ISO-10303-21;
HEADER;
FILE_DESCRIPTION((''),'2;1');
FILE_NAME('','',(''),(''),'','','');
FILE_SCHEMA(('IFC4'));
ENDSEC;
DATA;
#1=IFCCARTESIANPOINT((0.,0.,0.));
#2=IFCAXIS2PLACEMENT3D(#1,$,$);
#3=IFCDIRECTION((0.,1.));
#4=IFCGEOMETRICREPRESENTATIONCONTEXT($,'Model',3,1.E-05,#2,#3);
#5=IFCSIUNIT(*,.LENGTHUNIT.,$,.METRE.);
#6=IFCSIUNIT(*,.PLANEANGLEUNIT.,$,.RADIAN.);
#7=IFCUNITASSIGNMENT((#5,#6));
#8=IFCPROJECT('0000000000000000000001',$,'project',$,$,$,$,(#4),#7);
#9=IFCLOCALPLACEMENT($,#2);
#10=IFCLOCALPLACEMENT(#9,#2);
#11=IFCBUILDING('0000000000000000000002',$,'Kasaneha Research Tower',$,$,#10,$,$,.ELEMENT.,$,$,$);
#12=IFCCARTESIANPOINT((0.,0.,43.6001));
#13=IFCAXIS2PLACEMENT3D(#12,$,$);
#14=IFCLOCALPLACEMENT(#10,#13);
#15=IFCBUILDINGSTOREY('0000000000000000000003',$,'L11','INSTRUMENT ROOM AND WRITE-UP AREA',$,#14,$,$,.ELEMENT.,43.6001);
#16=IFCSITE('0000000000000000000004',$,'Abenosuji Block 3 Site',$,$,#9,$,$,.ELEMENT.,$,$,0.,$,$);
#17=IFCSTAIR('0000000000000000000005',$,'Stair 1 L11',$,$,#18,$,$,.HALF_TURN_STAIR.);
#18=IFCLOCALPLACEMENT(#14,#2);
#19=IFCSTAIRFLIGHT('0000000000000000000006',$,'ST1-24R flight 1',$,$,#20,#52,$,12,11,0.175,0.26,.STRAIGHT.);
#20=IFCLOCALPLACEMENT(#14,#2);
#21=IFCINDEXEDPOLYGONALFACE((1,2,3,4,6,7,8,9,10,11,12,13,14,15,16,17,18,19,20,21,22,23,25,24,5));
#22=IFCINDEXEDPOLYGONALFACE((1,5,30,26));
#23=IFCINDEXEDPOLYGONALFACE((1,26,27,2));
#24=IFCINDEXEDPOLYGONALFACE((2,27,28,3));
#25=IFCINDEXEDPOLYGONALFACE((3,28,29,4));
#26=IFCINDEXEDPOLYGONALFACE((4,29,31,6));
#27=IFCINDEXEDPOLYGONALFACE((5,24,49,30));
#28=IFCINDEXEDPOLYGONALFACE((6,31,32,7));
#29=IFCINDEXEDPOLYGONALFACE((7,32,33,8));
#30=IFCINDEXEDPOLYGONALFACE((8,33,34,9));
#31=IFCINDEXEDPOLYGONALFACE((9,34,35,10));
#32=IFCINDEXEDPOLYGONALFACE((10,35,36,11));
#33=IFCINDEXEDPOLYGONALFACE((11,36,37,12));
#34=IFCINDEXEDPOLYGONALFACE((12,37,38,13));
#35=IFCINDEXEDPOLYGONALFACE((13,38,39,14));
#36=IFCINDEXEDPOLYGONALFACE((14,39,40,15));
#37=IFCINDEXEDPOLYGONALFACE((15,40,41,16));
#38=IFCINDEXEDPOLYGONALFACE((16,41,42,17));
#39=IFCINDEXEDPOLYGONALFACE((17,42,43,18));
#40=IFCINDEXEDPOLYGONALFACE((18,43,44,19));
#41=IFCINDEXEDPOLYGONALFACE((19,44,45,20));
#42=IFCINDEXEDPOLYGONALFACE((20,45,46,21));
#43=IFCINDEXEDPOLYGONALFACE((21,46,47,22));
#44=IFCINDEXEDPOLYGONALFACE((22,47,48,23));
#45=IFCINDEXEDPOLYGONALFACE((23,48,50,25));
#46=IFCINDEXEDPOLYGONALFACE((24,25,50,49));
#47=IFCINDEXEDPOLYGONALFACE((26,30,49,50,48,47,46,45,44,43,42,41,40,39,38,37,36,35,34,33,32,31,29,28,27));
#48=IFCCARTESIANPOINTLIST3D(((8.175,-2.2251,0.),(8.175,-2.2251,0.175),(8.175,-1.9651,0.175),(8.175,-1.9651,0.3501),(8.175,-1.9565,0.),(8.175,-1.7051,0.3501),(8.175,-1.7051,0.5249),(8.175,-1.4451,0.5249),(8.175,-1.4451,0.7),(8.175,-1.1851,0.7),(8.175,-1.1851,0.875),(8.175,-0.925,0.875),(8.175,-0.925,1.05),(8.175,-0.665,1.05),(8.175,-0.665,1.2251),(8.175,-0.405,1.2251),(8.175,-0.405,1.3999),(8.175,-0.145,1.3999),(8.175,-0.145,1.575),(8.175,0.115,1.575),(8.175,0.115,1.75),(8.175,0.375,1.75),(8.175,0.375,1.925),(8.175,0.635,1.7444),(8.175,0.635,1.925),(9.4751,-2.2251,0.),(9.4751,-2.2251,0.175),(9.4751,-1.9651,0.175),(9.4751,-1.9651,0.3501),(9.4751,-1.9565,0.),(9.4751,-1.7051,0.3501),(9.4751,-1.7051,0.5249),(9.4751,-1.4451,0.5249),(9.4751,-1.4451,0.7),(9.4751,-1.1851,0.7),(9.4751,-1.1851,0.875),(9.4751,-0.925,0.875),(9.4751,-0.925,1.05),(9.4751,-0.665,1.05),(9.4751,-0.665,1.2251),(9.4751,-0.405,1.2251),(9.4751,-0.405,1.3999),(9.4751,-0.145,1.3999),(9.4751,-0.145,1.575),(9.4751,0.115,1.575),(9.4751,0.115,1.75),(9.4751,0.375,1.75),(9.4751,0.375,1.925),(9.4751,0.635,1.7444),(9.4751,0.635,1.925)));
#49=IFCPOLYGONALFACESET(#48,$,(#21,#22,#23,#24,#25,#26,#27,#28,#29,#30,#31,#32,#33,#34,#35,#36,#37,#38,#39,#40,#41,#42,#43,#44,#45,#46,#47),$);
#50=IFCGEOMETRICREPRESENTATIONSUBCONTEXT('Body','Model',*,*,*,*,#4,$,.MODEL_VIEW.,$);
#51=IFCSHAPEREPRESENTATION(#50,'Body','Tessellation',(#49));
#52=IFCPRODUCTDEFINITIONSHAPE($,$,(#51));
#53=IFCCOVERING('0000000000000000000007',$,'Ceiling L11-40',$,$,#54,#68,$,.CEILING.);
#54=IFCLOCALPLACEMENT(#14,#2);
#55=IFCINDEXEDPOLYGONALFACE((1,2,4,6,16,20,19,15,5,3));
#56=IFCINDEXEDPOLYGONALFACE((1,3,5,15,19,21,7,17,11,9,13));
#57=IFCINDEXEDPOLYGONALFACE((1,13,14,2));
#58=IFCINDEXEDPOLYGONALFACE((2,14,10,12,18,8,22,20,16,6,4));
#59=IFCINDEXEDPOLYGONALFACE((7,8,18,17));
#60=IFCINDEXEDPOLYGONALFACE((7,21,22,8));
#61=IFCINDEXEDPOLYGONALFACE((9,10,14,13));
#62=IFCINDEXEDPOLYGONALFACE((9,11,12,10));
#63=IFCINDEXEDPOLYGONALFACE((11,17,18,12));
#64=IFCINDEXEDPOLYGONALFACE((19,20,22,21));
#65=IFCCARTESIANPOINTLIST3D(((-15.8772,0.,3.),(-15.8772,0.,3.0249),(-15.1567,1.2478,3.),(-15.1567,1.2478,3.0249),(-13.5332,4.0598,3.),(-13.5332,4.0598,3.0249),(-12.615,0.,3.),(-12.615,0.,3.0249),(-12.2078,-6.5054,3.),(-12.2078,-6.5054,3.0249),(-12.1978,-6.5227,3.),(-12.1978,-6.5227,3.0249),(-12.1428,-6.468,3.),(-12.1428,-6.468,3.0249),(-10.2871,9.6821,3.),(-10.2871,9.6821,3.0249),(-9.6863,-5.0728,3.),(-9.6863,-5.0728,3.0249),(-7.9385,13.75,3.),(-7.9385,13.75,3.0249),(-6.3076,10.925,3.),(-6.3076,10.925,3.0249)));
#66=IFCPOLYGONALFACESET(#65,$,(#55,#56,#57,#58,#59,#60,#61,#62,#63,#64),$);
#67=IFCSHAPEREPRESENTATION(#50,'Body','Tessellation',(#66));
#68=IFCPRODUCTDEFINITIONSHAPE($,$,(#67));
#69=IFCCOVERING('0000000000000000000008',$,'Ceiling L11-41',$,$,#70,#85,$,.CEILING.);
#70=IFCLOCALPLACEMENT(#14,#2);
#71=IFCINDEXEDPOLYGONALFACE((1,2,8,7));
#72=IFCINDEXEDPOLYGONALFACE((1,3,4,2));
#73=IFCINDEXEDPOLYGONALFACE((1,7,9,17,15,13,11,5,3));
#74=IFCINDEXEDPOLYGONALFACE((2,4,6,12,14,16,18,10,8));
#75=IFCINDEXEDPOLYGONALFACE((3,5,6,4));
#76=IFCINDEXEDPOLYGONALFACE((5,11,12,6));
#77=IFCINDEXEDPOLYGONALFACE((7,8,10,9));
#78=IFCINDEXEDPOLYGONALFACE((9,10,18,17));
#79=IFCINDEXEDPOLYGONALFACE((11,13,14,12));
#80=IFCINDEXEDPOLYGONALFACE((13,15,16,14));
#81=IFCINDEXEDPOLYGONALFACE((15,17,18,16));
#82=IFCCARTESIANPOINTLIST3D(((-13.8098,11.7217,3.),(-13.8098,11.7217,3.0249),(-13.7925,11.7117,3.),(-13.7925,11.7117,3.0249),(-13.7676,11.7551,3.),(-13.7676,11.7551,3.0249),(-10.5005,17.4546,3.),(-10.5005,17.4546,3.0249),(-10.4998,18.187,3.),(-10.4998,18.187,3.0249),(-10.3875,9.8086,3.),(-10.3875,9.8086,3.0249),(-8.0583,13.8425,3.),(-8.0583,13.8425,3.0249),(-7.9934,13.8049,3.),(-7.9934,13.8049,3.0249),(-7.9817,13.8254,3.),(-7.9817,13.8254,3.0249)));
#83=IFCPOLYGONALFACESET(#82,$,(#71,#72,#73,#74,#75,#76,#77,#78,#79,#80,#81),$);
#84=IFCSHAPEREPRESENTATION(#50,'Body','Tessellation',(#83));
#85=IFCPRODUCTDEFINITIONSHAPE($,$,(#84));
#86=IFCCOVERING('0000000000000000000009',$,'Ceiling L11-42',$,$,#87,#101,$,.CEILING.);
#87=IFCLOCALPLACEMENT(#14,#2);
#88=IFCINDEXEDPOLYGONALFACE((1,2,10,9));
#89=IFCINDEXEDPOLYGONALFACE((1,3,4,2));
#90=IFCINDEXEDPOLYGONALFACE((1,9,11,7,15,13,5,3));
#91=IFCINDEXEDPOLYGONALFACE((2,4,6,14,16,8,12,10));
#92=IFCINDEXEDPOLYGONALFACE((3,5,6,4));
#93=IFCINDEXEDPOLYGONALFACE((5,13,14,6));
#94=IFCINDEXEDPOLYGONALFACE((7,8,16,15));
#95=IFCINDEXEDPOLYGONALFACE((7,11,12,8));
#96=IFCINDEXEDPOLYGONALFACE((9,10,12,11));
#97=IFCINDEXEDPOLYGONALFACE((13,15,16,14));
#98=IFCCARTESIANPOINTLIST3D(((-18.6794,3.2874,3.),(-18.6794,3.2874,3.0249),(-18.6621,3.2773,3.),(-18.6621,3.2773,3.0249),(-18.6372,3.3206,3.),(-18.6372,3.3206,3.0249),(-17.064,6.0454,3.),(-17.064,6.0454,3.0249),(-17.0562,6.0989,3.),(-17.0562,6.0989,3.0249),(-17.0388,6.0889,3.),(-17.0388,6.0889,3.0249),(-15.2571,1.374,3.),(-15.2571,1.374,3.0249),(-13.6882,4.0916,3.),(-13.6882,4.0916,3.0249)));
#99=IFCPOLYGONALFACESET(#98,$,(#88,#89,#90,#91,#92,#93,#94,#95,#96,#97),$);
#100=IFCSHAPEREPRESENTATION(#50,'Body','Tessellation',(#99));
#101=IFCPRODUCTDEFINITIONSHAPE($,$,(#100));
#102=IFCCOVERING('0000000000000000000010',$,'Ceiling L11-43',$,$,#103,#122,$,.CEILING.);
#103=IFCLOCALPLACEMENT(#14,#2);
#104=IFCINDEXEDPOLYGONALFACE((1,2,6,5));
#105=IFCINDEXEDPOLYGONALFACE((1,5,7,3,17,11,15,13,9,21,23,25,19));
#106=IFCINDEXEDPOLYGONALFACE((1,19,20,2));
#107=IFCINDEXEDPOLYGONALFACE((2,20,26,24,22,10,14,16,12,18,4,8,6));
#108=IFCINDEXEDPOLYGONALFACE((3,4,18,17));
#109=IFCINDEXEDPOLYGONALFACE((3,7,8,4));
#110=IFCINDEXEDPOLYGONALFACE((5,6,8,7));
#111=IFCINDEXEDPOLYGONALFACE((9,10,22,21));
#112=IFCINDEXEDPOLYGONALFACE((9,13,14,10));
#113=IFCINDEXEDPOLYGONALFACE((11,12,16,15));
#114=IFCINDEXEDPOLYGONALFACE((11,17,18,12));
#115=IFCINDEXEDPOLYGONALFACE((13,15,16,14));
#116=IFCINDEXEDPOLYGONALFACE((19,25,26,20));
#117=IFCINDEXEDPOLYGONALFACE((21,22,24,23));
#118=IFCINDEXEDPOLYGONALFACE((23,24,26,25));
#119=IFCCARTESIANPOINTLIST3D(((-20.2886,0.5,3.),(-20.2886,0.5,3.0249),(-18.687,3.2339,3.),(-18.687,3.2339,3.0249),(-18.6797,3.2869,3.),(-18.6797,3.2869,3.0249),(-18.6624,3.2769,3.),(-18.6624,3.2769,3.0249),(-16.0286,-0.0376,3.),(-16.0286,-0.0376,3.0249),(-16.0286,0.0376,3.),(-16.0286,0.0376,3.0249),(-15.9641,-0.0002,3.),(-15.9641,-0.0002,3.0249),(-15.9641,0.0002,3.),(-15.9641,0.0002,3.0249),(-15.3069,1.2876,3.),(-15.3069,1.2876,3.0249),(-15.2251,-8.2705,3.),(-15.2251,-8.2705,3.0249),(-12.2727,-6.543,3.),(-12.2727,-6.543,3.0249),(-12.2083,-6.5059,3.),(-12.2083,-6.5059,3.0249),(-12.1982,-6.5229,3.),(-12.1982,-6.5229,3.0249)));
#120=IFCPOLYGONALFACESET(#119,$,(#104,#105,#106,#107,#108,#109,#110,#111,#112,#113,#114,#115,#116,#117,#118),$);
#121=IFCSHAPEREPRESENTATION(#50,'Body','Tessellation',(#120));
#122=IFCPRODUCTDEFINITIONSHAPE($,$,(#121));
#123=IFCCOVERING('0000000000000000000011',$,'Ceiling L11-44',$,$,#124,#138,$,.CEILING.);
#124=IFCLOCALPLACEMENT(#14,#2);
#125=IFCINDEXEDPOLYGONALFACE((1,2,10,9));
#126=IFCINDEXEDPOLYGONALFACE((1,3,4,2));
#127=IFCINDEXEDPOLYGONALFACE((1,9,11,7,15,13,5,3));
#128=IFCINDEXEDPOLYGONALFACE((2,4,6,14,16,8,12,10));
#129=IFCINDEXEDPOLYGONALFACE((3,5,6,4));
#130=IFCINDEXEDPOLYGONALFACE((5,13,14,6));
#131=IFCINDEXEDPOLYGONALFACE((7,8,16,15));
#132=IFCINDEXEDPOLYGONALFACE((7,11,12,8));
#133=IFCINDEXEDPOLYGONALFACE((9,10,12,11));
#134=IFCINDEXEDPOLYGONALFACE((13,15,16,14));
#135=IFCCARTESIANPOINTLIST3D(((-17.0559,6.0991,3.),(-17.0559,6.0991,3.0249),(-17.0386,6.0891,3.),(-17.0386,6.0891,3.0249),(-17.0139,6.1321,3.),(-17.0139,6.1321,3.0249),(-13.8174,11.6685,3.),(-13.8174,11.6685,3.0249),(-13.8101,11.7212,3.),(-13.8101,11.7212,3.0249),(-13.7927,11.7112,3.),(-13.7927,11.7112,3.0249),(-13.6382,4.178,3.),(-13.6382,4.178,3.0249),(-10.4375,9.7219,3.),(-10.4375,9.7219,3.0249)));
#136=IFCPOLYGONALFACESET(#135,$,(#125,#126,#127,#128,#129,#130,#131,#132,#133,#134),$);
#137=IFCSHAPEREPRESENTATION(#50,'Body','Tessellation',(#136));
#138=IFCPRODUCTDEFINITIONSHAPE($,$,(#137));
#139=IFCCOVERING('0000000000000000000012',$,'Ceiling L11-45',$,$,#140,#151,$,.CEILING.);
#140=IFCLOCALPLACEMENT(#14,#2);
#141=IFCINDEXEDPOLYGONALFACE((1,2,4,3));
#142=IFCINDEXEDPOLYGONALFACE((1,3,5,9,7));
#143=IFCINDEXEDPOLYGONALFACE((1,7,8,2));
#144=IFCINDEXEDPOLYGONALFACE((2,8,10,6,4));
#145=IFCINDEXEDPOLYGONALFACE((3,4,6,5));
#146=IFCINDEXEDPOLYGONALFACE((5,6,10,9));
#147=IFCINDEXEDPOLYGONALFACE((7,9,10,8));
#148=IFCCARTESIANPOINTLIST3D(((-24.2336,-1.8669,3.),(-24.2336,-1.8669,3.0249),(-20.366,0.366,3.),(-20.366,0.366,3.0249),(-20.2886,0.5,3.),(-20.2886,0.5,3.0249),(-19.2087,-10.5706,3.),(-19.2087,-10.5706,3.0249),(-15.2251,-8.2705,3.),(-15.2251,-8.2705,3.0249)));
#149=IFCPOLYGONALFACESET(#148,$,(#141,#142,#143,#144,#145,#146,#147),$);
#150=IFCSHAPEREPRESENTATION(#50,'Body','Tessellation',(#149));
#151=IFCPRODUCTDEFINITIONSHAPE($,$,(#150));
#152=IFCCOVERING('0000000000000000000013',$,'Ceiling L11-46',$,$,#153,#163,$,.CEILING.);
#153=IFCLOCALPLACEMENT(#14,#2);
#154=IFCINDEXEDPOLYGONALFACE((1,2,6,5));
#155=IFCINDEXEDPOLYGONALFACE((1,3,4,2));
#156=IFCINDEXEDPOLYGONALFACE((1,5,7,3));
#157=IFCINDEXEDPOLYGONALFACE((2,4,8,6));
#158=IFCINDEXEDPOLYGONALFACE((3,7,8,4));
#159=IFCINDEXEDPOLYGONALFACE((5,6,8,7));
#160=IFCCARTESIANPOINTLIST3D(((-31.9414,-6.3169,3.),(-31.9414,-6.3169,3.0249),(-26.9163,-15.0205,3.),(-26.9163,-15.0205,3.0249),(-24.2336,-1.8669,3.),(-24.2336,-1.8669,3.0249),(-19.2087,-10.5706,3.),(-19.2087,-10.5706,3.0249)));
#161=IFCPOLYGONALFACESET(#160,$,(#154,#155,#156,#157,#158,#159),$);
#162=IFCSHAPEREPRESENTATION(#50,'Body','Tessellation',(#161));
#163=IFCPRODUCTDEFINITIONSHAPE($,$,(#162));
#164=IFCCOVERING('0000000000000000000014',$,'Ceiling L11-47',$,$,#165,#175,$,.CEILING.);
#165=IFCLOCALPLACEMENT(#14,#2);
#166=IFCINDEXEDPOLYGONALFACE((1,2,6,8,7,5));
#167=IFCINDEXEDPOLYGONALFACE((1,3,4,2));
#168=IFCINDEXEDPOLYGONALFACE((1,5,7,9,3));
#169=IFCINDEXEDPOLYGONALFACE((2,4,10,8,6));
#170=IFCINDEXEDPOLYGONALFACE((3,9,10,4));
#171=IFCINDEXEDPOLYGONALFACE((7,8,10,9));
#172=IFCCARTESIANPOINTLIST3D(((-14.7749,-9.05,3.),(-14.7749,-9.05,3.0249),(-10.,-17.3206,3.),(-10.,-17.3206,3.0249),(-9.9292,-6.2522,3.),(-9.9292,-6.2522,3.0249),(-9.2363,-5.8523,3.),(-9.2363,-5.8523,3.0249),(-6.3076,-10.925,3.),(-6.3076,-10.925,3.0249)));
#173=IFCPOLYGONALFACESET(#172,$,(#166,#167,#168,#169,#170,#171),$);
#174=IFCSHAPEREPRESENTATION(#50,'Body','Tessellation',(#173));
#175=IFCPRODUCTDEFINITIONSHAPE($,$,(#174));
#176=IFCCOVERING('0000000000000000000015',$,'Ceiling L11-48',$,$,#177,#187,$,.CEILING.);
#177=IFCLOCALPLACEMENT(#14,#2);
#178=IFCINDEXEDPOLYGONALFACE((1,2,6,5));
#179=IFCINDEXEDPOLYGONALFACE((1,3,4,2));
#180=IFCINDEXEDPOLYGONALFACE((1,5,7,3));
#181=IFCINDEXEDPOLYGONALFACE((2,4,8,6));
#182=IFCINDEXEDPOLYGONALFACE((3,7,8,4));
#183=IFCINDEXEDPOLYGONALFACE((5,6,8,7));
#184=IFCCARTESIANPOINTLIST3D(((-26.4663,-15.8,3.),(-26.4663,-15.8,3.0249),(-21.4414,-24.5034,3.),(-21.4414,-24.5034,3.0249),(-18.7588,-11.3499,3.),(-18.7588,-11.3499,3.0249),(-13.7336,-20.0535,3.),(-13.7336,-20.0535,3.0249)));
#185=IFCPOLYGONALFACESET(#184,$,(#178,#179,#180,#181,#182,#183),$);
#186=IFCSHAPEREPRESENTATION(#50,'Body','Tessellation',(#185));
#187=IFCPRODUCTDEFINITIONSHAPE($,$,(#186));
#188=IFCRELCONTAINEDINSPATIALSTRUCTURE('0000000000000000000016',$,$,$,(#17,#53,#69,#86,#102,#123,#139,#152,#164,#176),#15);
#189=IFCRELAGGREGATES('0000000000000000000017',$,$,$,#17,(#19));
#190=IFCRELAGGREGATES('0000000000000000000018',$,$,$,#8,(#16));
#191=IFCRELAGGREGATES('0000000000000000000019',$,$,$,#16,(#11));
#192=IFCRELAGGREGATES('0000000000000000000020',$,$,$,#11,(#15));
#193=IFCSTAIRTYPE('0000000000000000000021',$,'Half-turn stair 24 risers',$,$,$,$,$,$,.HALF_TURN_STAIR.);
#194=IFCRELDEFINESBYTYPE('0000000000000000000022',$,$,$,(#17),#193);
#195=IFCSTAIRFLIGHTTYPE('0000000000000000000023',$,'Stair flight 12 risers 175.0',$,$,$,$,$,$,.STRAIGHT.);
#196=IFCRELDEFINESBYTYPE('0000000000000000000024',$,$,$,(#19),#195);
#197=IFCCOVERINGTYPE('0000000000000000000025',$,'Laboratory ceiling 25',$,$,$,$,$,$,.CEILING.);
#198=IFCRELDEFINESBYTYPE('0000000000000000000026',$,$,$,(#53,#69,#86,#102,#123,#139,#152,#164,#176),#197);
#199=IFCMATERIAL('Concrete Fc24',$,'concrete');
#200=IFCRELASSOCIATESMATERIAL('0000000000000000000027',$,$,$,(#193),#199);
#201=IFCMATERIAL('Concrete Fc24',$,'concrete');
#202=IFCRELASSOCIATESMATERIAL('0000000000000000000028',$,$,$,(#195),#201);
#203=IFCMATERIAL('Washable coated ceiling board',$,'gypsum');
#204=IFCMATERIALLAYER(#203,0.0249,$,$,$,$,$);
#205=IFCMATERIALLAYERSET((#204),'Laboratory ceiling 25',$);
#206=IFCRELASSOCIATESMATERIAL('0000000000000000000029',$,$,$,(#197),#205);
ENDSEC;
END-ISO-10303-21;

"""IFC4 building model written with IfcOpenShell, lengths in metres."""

from ifc_helpers import new_model, si_unit, direction, frame, origin, place, context, subcontext, project, spatial, polyline, outline, extrude, material, layer, layer_set, type_object, element, aggregate, save


model = new_model("IFC4")

# Units and contexts
model_context = context("Model", 3, precision=1e-05, world=origin(), true_north=direction((0.0, 1.0)))
body_context = subcontext(model_context, "Body", "Model", "MODEL_VIEW")
ifc_project = project(units=[si_unit("LENGTHUNIT", "METRE"), si_unit("PLANEANGLEUNIT", "RADIAN")], contexts=[model_context])

# Site, building, storey
site_placement = place(None, origin())
site = spatial("IfcSite", under=ifc_project, at=site_placement, Name="Abenosuji Block 3 Site", CompositionType="ELEMENT", RefElevation=0.0)
building_placement = place(site_placement, origin())
building = spatial("IfcBuilding", under=site, at=building_placement, Name="Kasaneha Research Tower", CompositionType="ELEMENT")
storey_placement = place(building_placement, frame((0.0, 0.0, 43.6001)))
storey = spatial("IfcBuildingStorey", under=building, at=storey_placement, Name="L11", Description="INSTRUMENT ROOM AND WRITE-UP AREA", CompositionType="ELEMENT", Elevation=43.6001)

# Stair, stair flight
ifc_material_1 = material(Name="Concrete Fc24", Category="concrete")
stair_type = type_object("IfcStairType", Name="Half-turn stair 24 risers", PredefinedType="HALF_TURN_STAIR", material=ifc_material_1)
stair_placement = place(storey_placement, origin())
stair = element("IfcStair", 1, at=stair_placement, inside=storey, type_object=stair_type, Name="Stair 1 L11", PredefinedType="HALF_TURN_STAIR")
ifc_material_2 = material(Name="Concrete Fc24", Category="concrete")
stair_flight_type = type_object("IfcStairFlightType", Name="Stair flight 12 risers 175.0", PredefinedType="STRAIGHT", material=ifc_material_2)
stair_flight_placement = place(storey_placement, frame((8.825, -2.2251, 0.0), z_axis=(0.0, 0.0, 1.0), x_axis=(0.0, 1.0, 0.0)))
stair_flight = element("IfcStairFlight", 2, at=stair_flight_placement, type_object=stair_flight_type, Name="ST1-24R flight 1", NumberOfRisers=12, NumberOfTreads=11, PredefinedType="STRAIGHT", RiserHeight=0.175, TreadLength=0.26, context=body_context, shape_type="SweptSolid", body=[
    extrude(outline(polyline([(0.0, 0.0), (0.0, 0.175), (0.26, 0.175), (0.26, 0.3501), (0.52, 0.3501), (0.52, 0.5249), (0.78, 0.5249), (0.78, 0.7), (1.04, 0.7), (1.04, 0.875), (1.3, 0.875), (1.3, 1.05), (1.5601, 1.05), (1.5601, 1.2251), (1.8201, 1.2251), (1.8201, 1.3999), (2.0801, 1.3999), (2.0801, 1.575), (2.3401, 1.575), (2.3401, 1.75), (2.6001, 1.75), (2.6001, 1.925), (2.8601, 1.925), (2.8601, 2.1001), (2.8601, 1.7444), (0.2686, 0.0), (0.0, 0.0)])), frame((0.0, 0.6499, 0.0), z_axis=(0.0, -1.0, 0.0), x_axis=(1.0, 0.0, 0.0)), (0.0, 0.0, 1.0), 1.3),
])
aggregate(stair, [stair_flight])

# Coverings
ifc_material_3 = material(Name="Washable coated ceiling board", Category="gypsum")
ifc_layer_1 = layer(ifc_material_3, 0.0249)
ifc_layer_set_1 = layer_set([ifc_layer_1], Name="Laboratory ceiling 25")
covering_type = type_object("IfcCoveringType", Name="Laboratory ceiling 25", PredefinedType="CEILING", material=ifc_layer_set_1)
covering_1_placement = place(storey_placement, frame((0.0, 0.0, 3.0)))
element("IfcCovering", 3, at=covering_1_placement, inside=storey, type_object=covering_type, Name="Ceiling L11-40", PredefinedType="CEILING", context=body_context, shape_type="SweptSolid", body=[
    extrude(outline(polyline([(-12.615, 0.0), (-9.6863, -5.0728), (-12.1978, -6.5227), (-12.2078, -6.5054), (-12.1428, -6.468), (-15.8772, 0.0), (-15.1567, 1.2478), (-15.1567, 1.2478), (-13.5332, 4.0598), (-13.5332, 4.0598), (-10.2871, 9.6821), (-10.2871, 9.6821), (-7.9385, 13.75), (-6.3076, 10.925), (-12.615, 0.0)])), origin(), (0.0, 0.0, 1.0), 0.0249),
])
covering_2_placement = place(storey_placement, frame((0.0, 0.0, 3.0)))
element("IfcCovering", 4, at=covering_2_placement, inside=storey, type_object=covering_type, Name="Ceiling L11-41", PredefinedType="CEILING", context=body_context, shape_type="SweptSolid", body=[
    extrude(outline(polyline([(-10.4998, 18.187), (-7.9817, 13.8254), (-7.9934, 13.8049), (-8.0583, 13.8425), (-10.3875, 9.8086), (-13.7676, 11.7551), (-13.7925, 11.7117), (-13.8098, 11.7217), (-10.5005, 17.4546), (-10.4998, 18.187)])), origin(), (0.0, 0.0, 1.0), 0.0249),
])
covering_3_placement = place(storey_placement, frame((0.0, 0.0, 3.0)))
element("IfcCovering", 5, at=covering_3_placement, inside=storey, type_object=covering_type, Name="Ceiling L11-42", PredefinedType="CEILING", context=body_context, shape_type="SweptSolid", body=[
    extrude(outline(polyline([(-17.0388, 6.0889), (-17.064, 6.0454), (-13.6882, 4.0916), (-15.2571, 1.374), (-18.6372, 3.3206), (-18.6621, 3.2773), (-18.6794, 3.2874), (-17.0562, 6.0989), (-17.0388, 6.0889)])), origin(), (0.0, 0.0, 1.0), 0.0249),
])
covering_4_placement = place(storey_placement, frame((0.0, 0.0, 3.0)))
element("IfcCovering", 6, at=covering_4_placement, inside=storey, type_object=covering_type, Name="Ceiling L11-43", PredefinedType="CEILING", context=body_context, shape_type="SweptSolid", body=[
    extrude(outline(polyline([(-18.6797, 3.2869), (-18.6624, 3.2769), (-18.687, 3.2339), (-15.3069, 1.2876), (-16.0286, 0.0376), (-15.9641, 0.0002), (-15.9641, -0.0002), (-15.9641, -0.0002), (-16.0286, -0.0376), (-12.2727, -6.543), (-12.2083, -6.5059), (-12.1982, -6.5229), (-15.2251, -8.2705), (-20.2886, 0.5), (-18.6797, 3.2869)])), origin(), (0.0, 0.0, 1.0), 0.0249),
])
covering_5_placement = place(storey_placement, frame((0.0, 0.0, 3.0)))
element("IfcCovering", 7, at=covering_5_placement, inside=storey, type_object=covering_type, Name="Ceiling L11-44", PredefinedType="CEILING", context=body_context, shape_type="SweptSolid", body=[
    extrude(outline(polyline([(-17.0559, 6.0991), (-13.8101, 11.7212), (-13.7927, 11.7112), (-13.8174, 11.6685), (-10.4375, 9.7219), (-13.6382, 4.178), (-17.0139, 6.1321), (-17.0386, 6.0891), (-17.0559, 6.0991)])), origin(), (0.0, 0.0, 1.0), 0.0249),
])
covering_6_placement = place(storey_placement, frame((0.0, 0.0, 3.0)))
element("IfcCovering", 8, at=covering_6_placement, inside=storey, type_object=covering_type, Name="Ceiling L11-45", PredefinedType="CEILING", context=body_context, shape_type="SweptSolid", body=[
    extrude(outline(polyline([(-24.2336, -1.8669), (-20.366, 0.366), (-20.2886, 0.5), (-15.2251, -8.2705), (-19.2087, -10.5706), (-24.2336, -1.8669)])), origin(), (0.0, 0.0, 1.0), 0.0249),
])
covering_7_placement = place(storey_placement, frame((0.0, 0.0, 3.0)))
element("IfcCovering", 9, at=covering_7_placement, inside=storey, type_object=covering_type, Name="Ceiling L11-46", PredefinedType="CEILING", context=body_context, shape_type="SweptSolid", body=[
    extrude(outline(polyline([(-31.9414, -6.3169), (-24.2336, -1.8669), (-19.2087, -10.5706), (-26.9163, -15.0205), (-31.9414, -6.3169)])), origin(), (0.0, 0.0, 1.0), 0.0249),
])
covering_8_placement = place(storey_placement, frame((0.0, 0.0, 3.0)))
element("IfcCovering", 10, at=covering_8_placement, inside=storey, type_object=covering_type, Name="Ceiling L11-47", PredefinedType="CEILING", context=body_context, shape_type="SweptSolid", body=[
    extrude(outline(polyline([(-9.2363, -5.8523), (-6.3076, -10.925), (-10.0, -17.3206), (-14.7749, -9.05), (-9.9292, -6.2522), (-9.9292, -6.2522), (-9.2363, -5.8523)])), origin(), (0.0, 0.0, 1.0), 0.0249),
])
covering_9_placement = place(storey_placement, frame((0.0, 0.0, 3.0)))
element("IfcCovering", 11, at=covering_9_placement, inside=storey, type_object=covering_type, Name="Ceiling L11-48", PredefinedType="CEILING", context=body_context, shape_type="SweptSolid", body=[
    extrude(outline(polyline([(-21.4414, -24.5034), (-26.4663, -15.8), (-18.7588, -11.3499), (-13.7336, -20.0535), (-21.4414, -24.5034)])), origin(), (0.0, 0.0, 1.0), 0.0249),
])

save(model, "model.ifc")
